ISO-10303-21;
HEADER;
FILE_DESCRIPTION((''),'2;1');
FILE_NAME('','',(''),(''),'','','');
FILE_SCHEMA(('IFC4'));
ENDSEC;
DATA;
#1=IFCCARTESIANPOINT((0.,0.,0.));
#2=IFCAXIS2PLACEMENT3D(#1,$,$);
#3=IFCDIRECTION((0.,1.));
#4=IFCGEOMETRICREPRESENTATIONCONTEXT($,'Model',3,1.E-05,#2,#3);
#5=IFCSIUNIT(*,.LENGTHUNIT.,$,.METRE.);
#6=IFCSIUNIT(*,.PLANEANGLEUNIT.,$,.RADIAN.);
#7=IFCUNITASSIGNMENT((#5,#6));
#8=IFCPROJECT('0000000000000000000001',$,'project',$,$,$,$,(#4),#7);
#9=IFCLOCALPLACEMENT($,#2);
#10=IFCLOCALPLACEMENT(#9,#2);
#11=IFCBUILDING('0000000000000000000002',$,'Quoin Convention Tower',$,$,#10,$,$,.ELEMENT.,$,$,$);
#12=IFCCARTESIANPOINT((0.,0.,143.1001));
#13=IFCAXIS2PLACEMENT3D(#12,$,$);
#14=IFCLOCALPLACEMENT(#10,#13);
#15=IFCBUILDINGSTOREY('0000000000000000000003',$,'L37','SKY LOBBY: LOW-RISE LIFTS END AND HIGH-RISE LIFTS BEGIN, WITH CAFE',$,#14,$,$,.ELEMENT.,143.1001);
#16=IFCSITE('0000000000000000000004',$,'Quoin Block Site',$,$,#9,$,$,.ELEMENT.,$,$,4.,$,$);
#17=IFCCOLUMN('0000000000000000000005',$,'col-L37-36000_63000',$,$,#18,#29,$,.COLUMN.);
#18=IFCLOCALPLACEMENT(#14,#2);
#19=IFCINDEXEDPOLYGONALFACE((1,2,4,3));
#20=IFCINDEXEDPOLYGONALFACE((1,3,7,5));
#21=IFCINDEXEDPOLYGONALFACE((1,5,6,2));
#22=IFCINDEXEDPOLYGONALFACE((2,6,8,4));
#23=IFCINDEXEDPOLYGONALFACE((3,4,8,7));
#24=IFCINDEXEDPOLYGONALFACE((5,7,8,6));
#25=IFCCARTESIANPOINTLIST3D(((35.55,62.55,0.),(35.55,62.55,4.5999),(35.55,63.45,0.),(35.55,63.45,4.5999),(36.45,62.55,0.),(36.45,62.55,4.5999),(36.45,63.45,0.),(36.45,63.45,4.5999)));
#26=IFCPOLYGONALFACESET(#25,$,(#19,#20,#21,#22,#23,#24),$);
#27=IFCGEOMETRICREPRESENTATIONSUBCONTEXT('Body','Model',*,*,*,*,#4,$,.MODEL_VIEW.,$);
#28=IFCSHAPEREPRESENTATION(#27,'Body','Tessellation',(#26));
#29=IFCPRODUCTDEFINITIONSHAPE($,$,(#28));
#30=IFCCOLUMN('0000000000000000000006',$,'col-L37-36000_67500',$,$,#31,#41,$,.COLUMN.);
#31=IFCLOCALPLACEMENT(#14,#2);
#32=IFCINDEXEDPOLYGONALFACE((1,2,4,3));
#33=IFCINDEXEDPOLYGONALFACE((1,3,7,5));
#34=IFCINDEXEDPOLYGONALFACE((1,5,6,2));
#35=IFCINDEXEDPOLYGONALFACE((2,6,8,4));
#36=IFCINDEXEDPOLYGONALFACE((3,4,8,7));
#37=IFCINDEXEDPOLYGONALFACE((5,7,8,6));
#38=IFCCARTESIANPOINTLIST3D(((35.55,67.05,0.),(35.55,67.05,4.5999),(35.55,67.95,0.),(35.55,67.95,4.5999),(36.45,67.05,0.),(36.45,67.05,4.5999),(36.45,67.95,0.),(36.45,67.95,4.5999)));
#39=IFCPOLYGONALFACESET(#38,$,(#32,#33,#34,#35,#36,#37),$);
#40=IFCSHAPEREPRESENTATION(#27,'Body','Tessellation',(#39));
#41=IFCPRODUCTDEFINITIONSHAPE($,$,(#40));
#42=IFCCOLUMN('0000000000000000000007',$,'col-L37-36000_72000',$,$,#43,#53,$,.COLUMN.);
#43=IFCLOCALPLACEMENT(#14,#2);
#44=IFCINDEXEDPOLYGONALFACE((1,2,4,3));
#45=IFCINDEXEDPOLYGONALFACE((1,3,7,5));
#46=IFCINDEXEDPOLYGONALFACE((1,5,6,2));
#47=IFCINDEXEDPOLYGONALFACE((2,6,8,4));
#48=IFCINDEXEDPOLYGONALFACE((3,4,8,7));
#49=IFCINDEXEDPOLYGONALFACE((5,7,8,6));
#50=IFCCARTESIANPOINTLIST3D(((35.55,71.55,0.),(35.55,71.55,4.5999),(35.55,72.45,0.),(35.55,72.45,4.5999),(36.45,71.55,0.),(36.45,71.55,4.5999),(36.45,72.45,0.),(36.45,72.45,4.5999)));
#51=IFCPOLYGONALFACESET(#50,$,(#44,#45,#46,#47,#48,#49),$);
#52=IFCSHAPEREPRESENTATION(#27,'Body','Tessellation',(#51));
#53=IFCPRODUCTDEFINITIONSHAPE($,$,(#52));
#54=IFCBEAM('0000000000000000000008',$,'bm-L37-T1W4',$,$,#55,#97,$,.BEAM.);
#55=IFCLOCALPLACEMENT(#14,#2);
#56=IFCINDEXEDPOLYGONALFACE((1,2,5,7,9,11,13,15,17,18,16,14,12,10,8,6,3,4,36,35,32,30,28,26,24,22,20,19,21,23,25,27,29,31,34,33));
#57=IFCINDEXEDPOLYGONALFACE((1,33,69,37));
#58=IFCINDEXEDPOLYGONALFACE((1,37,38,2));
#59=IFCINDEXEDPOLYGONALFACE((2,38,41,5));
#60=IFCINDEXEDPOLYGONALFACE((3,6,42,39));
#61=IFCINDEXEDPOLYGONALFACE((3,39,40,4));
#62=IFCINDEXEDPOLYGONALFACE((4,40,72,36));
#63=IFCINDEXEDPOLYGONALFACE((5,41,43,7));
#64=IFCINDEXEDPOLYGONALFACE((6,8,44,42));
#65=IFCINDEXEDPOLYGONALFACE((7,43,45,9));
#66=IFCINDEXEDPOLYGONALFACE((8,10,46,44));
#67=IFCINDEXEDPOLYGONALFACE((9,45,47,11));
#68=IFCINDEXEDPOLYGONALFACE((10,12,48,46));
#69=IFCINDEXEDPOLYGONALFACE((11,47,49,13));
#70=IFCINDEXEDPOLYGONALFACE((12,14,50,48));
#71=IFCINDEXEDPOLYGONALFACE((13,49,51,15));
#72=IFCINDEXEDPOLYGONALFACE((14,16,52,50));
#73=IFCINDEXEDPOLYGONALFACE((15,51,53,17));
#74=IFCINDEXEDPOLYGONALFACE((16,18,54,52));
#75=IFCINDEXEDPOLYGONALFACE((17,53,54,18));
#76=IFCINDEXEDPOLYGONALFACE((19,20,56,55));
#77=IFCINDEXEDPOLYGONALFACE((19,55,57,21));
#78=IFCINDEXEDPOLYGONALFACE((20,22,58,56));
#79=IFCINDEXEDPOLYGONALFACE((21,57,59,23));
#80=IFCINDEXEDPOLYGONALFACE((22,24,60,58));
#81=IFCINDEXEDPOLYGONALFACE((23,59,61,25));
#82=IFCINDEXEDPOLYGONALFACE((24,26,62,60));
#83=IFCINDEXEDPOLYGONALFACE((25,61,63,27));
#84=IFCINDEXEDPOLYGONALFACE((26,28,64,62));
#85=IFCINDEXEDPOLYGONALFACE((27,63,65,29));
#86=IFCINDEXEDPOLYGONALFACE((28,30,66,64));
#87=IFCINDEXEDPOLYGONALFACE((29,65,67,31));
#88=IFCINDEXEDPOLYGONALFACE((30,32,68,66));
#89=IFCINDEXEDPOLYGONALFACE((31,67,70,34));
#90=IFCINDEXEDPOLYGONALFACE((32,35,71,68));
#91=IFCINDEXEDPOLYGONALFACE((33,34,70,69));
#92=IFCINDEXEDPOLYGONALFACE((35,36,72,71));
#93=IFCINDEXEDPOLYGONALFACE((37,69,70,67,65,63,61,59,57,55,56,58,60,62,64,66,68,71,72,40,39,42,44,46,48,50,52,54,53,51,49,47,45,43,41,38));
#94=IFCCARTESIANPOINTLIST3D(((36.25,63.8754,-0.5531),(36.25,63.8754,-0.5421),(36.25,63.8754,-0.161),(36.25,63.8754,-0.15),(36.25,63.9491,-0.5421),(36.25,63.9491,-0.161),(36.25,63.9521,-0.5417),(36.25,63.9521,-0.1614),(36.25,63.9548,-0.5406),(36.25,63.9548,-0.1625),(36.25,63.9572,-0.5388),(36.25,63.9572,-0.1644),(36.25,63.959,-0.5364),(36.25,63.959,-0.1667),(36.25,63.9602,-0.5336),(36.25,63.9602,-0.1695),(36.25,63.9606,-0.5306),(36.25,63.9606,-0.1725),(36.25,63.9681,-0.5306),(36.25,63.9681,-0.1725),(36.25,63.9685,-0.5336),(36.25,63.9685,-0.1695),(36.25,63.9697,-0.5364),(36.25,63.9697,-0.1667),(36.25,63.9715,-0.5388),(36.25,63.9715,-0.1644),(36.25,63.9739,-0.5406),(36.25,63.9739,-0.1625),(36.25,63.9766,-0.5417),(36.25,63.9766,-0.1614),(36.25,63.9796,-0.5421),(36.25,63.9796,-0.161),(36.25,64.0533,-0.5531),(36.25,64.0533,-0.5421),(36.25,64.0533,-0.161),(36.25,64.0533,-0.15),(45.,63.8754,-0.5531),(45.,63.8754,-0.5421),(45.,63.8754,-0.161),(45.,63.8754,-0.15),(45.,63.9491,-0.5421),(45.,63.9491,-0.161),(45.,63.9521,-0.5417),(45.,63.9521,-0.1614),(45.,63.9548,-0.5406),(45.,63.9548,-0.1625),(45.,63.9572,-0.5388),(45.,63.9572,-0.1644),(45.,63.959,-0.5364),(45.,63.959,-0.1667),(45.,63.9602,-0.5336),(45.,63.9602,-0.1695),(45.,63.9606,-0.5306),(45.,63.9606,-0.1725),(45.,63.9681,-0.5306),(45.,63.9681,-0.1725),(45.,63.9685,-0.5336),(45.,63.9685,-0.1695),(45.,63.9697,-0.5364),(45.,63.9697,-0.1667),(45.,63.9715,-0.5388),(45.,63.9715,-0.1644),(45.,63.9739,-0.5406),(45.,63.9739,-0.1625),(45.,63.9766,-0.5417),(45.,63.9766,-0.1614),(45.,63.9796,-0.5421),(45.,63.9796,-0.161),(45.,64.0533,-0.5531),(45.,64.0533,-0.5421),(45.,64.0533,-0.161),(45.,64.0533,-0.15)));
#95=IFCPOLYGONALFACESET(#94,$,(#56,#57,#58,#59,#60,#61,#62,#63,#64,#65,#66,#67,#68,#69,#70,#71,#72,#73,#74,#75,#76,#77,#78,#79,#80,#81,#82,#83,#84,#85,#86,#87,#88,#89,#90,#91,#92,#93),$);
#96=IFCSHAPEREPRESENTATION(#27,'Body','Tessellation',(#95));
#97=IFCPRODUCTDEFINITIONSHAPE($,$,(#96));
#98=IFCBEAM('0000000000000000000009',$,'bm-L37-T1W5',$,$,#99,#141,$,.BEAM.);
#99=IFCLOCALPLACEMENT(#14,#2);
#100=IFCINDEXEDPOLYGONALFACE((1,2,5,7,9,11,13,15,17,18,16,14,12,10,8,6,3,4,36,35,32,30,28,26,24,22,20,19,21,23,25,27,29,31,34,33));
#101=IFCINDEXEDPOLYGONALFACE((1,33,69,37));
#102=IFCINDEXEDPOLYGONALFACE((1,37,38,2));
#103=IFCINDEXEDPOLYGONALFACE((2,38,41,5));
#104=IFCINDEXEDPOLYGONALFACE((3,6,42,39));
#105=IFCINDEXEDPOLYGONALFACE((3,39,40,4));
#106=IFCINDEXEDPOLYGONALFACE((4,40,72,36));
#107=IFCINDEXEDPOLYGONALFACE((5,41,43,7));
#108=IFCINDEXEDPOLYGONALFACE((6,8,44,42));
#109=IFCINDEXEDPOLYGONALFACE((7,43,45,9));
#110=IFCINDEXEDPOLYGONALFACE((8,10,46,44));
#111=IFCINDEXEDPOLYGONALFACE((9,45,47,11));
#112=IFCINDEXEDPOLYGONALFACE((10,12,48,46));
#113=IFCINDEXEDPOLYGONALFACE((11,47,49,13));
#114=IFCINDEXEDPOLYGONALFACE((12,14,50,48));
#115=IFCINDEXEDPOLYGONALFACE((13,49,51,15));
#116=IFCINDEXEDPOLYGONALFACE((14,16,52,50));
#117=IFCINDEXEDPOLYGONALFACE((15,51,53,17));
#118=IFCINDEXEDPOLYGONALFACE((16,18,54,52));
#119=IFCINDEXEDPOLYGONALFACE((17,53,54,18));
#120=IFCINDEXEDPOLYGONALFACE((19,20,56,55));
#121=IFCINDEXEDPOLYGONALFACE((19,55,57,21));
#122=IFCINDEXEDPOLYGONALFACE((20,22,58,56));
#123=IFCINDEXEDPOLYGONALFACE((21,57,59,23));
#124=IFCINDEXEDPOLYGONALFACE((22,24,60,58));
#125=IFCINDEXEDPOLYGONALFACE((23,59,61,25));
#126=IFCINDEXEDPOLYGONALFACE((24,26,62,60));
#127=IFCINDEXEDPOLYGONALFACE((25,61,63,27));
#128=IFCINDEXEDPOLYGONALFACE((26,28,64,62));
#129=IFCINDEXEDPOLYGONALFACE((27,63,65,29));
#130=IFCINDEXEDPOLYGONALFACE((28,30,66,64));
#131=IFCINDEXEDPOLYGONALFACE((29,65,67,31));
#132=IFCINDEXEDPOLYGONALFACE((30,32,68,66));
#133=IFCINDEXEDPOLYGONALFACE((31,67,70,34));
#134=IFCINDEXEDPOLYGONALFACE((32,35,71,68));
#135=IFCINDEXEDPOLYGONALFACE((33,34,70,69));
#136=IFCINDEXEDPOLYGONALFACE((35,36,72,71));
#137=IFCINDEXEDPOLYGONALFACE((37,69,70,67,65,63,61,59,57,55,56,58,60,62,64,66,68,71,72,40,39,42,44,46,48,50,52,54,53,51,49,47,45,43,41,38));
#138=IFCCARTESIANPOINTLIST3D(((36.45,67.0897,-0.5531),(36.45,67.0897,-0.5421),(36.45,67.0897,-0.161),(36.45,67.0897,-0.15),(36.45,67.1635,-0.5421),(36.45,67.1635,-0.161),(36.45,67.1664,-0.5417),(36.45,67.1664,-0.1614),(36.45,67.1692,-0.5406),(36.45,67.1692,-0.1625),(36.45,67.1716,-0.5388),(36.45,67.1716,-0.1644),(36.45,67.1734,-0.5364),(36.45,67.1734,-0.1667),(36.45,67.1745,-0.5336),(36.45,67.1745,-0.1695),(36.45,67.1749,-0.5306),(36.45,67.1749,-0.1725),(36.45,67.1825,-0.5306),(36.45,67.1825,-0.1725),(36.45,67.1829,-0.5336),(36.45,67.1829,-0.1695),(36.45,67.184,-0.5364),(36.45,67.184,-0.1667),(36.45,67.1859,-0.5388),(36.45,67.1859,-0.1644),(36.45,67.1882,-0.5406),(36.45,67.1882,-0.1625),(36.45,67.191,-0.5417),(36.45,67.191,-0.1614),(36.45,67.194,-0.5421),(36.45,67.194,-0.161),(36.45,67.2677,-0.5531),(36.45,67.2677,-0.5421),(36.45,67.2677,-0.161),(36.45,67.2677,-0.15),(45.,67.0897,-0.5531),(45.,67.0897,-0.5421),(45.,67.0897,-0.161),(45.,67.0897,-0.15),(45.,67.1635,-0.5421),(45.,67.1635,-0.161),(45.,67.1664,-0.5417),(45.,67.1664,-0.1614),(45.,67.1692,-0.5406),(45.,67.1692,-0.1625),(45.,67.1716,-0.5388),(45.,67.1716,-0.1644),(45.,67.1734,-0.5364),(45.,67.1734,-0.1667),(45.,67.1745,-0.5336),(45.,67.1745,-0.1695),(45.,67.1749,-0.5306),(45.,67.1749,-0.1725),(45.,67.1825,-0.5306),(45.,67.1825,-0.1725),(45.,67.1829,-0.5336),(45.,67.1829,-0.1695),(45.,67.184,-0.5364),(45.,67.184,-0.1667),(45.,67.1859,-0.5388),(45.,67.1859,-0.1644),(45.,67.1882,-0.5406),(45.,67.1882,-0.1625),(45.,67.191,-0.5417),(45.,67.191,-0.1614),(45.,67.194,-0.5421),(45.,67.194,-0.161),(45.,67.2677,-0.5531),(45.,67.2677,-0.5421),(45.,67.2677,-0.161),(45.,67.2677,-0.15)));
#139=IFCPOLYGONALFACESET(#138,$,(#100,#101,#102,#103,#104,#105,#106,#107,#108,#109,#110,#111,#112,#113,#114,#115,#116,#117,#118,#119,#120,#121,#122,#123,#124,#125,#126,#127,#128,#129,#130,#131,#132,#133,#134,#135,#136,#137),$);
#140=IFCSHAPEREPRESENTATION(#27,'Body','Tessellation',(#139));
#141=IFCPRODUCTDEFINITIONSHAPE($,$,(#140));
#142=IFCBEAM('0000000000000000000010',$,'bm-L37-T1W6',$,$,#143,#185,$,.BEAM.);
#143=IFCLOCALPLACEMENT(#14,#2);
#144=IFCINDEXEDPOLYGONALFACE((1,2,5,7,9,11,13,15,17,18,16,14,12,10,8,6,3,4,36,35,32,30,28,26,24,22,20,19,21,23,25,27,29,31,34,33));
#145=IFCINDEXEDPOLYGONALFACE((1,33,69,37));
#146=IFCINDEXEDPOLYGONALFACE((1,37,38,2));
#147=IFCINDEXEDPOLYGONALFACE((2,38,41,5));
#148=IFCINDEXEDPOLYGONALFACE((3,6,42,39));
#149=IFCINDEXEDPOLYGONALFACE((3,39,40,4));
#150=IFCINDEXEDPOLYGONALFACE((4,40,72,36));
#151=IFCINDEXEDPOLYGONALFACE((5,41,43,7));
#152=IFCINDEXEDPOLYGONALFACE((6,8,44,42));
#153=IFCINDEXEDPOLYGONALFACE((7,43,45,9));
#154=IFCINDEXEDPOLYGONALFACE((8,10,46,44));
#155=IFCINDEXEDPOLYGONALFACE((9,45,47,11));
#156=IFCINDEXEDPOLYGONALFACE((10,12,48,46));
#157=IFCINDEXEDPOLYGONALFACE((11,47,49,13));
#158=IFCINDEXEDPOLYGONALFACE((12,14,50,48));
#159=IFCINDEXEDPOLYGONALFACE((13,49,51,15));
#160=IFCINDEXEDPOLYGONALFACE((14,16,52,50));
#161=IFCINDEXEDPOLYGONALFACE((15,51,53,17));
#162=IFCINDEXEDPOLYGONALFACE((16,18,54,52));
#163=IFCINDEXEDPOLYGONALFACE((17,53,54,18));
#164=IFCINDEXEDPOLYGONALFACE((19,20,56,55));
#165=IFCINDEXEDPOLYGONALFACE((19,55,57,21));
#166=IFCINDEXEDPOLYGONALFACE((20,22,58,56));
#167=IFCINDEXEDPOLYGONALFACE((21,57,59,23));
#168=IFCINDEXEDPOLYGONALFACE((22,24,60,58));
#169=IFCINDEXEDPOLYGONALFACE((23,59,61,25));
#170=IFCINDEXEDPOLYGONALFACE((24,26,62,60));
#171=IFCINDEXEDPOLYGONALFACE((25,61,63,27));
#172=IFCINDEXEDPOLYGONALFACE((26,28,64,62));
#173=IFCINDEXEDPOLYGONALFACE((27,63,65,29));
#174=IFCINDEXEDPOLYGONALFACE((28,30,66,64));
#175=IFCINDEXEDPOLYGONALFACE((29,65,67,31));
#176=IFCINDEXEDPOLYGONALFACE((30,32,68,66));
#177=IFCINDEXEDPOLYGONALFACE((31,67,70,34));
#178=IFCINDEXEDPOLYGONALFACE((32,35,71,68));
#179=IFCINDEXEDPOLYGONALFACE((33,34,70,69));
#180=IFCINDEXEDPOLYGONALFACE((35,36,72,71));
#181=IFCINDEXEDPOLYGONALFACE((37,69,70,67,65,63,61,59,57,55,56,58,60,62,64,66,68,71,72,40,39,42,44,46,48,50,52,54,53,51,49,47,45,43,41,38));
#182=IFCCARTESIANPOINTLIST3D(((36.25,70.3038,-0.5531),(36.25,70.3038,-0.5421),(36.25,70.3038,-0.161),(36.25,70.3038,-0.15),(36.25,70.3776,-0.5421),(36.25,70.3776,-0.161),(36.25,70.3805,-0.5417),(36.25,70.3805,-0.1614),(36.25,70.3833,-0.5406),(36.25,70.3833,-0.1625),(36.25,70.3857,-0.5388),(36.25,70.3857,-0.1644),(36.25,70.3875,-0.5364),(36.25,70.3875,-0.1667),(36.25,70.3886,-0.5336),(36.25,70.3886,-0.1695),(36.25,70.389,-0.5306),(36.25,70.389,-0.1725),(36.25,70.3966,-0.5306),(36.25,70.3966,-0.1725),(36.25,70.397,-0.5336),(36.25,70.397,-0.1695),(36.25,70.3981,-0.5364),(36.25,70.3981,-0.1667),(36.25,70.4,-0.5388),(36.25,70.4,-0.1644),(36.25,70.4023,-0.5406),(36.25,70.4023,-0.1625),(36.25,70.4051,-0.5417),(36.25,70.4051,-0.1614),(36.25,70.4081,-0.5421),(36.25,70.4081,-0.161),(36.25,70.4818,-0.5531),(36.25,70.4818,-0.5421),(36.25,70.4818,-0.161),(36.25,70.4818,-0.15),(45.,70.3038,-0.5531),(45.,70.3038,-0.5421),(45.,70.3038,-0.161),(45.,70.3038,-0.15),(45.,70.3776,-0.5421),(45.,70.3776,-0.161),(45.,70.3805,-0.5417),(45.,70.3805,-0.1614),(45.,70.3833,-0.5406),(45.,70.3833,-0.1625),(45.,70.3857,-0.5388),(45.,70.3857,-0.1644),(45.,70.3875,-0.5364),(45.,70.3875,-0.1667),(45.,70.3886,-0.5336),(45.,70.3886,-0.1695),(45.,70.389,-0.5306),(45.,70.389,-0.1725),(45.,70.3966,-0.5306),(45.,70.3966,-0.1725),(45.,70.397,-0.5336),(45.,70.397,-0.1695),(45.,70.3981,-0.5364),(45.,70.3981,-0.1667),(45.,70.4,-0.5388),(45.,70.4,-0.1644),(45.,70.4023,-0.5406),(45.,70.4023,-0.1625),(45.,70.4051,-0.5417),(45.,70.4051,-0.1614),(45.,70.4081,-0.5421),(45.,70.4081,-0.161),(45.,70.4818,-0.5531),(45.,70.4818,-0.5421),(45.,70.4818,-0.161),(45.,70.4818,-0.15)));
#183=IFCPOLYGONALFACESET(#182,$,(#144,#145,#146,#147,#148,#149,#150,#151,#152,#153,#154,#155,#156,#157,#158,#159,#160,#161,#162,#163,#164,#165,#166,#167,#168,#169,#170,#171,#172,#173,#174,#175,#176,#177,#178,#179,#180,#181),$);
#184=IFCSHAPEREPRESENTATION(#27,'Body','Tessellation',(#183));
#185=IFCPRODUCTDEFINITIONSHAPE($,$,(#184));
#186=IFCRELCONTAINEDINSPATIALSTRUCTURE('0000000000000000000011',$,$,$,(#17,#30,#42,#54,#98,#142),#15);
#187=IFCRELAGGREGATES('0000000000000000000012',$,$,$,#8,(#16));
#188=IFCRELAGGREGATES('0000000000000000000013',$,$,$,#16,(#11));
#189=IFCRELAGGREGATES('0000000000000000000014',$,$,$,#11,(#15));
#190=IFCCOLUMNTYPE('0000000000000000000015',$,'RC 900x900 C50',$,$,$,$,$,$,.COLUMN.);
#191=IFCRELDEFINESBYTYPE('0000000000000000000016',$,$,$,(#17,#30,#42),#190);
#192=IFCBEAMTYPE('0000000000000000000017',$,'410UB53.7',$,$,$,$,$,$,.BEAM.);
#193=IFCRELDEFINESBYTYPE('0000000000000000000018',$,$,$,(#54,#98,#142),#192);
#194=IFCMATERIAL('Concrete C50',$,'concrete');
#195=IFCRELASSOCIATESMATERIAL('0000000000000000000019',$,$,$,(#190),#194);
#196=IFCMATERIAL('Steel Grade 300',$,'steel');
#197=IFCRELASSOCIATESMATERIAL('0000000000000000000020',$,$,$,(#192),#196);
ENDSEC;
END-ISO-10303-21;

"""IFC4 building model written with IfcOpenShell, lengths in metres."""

from ifc_helpers import new_model, si_unit, direction, frame, origin, origin_2d, place, context, subcontext, project, spatial, rectangle, i_section, extrude, material, material_profile, profile_set, type_object, element, save


model = new_model("IFC4")

# Units and contexts
model_context = context("Model", 3, precision=1e-05, world=origin(), true_north=direction((0.0, 1.0)))
body_context = subcontext(model_context, "Body", "Model", "MODEL_VIEW")
ifc_project = project(units=[si_unit("LENGTHUNIT", "METRE"), si_unit("PLANEANGLEUNIT", "RADIAN")], contexts=[model_context])

# Site, building, storey
site_placement = place(None, origin())
site = spatial("IfcSite", under=ifc_project, at=site_placement, Name="Quoin Block Site", CompositionType="ELEMENT", RefElevation=4.0)
building_placement = place(site_placement, origin())
building = spatial("IfcBuilding", under=site, at=building_placement, Name="Quoin Convention Tower", CompositionType="ELEMENT")
storey_placement = place(building_placement, frame((0.0, 0.0, 143.1001)))
storey = spatial("IfcBuildingStorey", under=building, at=storey_placement, Name="L37", Description="SKY LOBBY: LOW-RISE LIFTS END AND HIGH-RISE LIFTS BEGIN, WITH CAFE", CompositionType="ELEMENT", Elevation=143.1001)

# Columns
ifc_material_1 = material(Name="Concrete C50", Category="concrete")
ifc_material_profile_1 = material_profile(ifc_material_1, rectangle(XDim=0.8999, YDim=0.8999, at=origin_2d()), Name="RC 900x900")
ifc_profile_set_1 = profile_set([ifc_material_profile_1], Name="Concrete C50")
column_type = type_object("IfcColumnType", Name="RC 900x900 C50", PredefinedType="COLUMN", material=ifc_profile_set_1)
for number, where, z_axis, x_axis, name in (
    (1, (36.0, 63.0, 0.0), (0.0, 0.0, 1.0), (1.0, 0.0, 0.0), "col-L37-36000_63000"),
    (2, (36.0, 67.5, 0.0), (0.0, 0.0, 1.0), (1.0, 0.0, 0.0), "col-L37-36000_67500"),
    (3, (36.0, 72.0, 0.0), (0.0, 0.0, 1.0), (1.0, 0.0, 0.0), "col-L37-36000_72000"),
):
    element("IfcColumn", number, at=place(storey_placement, frame(where, z_axis=z_axis, x_axis=x_axis)), inside=storey, type_object=column_type, Name=name, PredefinedType="COLUMN", context=body_context, shape_type="SweptSolid", body=[
        extrude(rectangle(XDim=0.8999, YDim=0.8999, at=origin_2d()), origin(), (0.0, 0.0, 1.0), 4.5999),
    ])

# Beams
ifc_material_2 = material(Name="Steel Grade 300", Category="steel")
ifc_material_profile_2 = material_profile(ifc_material_2, i_section(OverallWidth=0.178, OverallDepth=0.4031, WebThickness=0.0076, FlangeThickness=0.011, FilletRadius=0.0115, at=origin_2d()), Name="410UB53.7")
ifc_profile_set_2 = profile_set([ifc_material_profile_2], Name="Steel Grade 300")
beam_type = type_object("IfcBeamType", Name="410UB53.7", PredefinedType="BEAM", material=ifc_profile_set_2)
beam_1_placement = place(storey_placement, frame((36.25, 63.9644, -0.3516), z_axis=(1.0, 0.0, 0.0), x_axis=(0.0, 1.0, 0.0)))
element("IfcBeam", 4, at=beam_1_placement, inside=storey, type_object=beam_type, Name="bm-L37-T1W4", PredefinedType="BEAM", context=body_context, shape_type="SweptSolid", body=[
    extrude(i_section(OverallWidth=0.178, OverallDepth=0.4031, WebThickness=0.0076, FlangeThickness=0.011, FilletRadius=0.0115, at=origin_2d()), origin(), (0.0, 0.0, 1.0), 8.75),
])
beam_2_placement = place(storey_placement, frame((36.45, 67.1787, -0.3516), z_axis=(1.0, 0.0, 0.0), x_axis=(0.0, 1.0, 0.0)))
element("IfcBeam", 5, at=beam_2_placement, inside=storey, type_object=beam_type, Name="bm-L37-T1W5", PredefinedType="BEAM", context=body_context, shape_type="SweptSolid", body=[
    extrude(i_section(OverallWidth=0.178, OverallDepth=0.4031, WebThickness=0.0076, FlangeThickness=0.011, FilletRadius=0.0115, at=origin_2d()), origin(), (0.0, 0.0, 1.0), 8.55),
])
for number, where, z_axis, x_axis, name in (
    (6, (36.25, 70.3928, -0.3516), (1.0, 0.0, 0.0), (0.0, 1.0, 0.0), "bm-L37-T1W6"),
):
    element("IfcBeam", number, at=place(storey_placement, frame(where, z_axis=z_axis, x_axis=x_axis)), inside=storey, type_object=beam_type, Name=name, PredefinedType="BEAM", context=body_context, shape_type="SweptSolid", body=[
        extrude(i_section(OverallWidth=0.178, OverallDepth=0.4031, WebThickness=0.0076, FlangeThickness=0.011, FilletRadius=0.0115, at=origin_2d()), origin(), (0.0, 0.0, 1.0), 8.75),
    ])

save(model, "model.ifc")
